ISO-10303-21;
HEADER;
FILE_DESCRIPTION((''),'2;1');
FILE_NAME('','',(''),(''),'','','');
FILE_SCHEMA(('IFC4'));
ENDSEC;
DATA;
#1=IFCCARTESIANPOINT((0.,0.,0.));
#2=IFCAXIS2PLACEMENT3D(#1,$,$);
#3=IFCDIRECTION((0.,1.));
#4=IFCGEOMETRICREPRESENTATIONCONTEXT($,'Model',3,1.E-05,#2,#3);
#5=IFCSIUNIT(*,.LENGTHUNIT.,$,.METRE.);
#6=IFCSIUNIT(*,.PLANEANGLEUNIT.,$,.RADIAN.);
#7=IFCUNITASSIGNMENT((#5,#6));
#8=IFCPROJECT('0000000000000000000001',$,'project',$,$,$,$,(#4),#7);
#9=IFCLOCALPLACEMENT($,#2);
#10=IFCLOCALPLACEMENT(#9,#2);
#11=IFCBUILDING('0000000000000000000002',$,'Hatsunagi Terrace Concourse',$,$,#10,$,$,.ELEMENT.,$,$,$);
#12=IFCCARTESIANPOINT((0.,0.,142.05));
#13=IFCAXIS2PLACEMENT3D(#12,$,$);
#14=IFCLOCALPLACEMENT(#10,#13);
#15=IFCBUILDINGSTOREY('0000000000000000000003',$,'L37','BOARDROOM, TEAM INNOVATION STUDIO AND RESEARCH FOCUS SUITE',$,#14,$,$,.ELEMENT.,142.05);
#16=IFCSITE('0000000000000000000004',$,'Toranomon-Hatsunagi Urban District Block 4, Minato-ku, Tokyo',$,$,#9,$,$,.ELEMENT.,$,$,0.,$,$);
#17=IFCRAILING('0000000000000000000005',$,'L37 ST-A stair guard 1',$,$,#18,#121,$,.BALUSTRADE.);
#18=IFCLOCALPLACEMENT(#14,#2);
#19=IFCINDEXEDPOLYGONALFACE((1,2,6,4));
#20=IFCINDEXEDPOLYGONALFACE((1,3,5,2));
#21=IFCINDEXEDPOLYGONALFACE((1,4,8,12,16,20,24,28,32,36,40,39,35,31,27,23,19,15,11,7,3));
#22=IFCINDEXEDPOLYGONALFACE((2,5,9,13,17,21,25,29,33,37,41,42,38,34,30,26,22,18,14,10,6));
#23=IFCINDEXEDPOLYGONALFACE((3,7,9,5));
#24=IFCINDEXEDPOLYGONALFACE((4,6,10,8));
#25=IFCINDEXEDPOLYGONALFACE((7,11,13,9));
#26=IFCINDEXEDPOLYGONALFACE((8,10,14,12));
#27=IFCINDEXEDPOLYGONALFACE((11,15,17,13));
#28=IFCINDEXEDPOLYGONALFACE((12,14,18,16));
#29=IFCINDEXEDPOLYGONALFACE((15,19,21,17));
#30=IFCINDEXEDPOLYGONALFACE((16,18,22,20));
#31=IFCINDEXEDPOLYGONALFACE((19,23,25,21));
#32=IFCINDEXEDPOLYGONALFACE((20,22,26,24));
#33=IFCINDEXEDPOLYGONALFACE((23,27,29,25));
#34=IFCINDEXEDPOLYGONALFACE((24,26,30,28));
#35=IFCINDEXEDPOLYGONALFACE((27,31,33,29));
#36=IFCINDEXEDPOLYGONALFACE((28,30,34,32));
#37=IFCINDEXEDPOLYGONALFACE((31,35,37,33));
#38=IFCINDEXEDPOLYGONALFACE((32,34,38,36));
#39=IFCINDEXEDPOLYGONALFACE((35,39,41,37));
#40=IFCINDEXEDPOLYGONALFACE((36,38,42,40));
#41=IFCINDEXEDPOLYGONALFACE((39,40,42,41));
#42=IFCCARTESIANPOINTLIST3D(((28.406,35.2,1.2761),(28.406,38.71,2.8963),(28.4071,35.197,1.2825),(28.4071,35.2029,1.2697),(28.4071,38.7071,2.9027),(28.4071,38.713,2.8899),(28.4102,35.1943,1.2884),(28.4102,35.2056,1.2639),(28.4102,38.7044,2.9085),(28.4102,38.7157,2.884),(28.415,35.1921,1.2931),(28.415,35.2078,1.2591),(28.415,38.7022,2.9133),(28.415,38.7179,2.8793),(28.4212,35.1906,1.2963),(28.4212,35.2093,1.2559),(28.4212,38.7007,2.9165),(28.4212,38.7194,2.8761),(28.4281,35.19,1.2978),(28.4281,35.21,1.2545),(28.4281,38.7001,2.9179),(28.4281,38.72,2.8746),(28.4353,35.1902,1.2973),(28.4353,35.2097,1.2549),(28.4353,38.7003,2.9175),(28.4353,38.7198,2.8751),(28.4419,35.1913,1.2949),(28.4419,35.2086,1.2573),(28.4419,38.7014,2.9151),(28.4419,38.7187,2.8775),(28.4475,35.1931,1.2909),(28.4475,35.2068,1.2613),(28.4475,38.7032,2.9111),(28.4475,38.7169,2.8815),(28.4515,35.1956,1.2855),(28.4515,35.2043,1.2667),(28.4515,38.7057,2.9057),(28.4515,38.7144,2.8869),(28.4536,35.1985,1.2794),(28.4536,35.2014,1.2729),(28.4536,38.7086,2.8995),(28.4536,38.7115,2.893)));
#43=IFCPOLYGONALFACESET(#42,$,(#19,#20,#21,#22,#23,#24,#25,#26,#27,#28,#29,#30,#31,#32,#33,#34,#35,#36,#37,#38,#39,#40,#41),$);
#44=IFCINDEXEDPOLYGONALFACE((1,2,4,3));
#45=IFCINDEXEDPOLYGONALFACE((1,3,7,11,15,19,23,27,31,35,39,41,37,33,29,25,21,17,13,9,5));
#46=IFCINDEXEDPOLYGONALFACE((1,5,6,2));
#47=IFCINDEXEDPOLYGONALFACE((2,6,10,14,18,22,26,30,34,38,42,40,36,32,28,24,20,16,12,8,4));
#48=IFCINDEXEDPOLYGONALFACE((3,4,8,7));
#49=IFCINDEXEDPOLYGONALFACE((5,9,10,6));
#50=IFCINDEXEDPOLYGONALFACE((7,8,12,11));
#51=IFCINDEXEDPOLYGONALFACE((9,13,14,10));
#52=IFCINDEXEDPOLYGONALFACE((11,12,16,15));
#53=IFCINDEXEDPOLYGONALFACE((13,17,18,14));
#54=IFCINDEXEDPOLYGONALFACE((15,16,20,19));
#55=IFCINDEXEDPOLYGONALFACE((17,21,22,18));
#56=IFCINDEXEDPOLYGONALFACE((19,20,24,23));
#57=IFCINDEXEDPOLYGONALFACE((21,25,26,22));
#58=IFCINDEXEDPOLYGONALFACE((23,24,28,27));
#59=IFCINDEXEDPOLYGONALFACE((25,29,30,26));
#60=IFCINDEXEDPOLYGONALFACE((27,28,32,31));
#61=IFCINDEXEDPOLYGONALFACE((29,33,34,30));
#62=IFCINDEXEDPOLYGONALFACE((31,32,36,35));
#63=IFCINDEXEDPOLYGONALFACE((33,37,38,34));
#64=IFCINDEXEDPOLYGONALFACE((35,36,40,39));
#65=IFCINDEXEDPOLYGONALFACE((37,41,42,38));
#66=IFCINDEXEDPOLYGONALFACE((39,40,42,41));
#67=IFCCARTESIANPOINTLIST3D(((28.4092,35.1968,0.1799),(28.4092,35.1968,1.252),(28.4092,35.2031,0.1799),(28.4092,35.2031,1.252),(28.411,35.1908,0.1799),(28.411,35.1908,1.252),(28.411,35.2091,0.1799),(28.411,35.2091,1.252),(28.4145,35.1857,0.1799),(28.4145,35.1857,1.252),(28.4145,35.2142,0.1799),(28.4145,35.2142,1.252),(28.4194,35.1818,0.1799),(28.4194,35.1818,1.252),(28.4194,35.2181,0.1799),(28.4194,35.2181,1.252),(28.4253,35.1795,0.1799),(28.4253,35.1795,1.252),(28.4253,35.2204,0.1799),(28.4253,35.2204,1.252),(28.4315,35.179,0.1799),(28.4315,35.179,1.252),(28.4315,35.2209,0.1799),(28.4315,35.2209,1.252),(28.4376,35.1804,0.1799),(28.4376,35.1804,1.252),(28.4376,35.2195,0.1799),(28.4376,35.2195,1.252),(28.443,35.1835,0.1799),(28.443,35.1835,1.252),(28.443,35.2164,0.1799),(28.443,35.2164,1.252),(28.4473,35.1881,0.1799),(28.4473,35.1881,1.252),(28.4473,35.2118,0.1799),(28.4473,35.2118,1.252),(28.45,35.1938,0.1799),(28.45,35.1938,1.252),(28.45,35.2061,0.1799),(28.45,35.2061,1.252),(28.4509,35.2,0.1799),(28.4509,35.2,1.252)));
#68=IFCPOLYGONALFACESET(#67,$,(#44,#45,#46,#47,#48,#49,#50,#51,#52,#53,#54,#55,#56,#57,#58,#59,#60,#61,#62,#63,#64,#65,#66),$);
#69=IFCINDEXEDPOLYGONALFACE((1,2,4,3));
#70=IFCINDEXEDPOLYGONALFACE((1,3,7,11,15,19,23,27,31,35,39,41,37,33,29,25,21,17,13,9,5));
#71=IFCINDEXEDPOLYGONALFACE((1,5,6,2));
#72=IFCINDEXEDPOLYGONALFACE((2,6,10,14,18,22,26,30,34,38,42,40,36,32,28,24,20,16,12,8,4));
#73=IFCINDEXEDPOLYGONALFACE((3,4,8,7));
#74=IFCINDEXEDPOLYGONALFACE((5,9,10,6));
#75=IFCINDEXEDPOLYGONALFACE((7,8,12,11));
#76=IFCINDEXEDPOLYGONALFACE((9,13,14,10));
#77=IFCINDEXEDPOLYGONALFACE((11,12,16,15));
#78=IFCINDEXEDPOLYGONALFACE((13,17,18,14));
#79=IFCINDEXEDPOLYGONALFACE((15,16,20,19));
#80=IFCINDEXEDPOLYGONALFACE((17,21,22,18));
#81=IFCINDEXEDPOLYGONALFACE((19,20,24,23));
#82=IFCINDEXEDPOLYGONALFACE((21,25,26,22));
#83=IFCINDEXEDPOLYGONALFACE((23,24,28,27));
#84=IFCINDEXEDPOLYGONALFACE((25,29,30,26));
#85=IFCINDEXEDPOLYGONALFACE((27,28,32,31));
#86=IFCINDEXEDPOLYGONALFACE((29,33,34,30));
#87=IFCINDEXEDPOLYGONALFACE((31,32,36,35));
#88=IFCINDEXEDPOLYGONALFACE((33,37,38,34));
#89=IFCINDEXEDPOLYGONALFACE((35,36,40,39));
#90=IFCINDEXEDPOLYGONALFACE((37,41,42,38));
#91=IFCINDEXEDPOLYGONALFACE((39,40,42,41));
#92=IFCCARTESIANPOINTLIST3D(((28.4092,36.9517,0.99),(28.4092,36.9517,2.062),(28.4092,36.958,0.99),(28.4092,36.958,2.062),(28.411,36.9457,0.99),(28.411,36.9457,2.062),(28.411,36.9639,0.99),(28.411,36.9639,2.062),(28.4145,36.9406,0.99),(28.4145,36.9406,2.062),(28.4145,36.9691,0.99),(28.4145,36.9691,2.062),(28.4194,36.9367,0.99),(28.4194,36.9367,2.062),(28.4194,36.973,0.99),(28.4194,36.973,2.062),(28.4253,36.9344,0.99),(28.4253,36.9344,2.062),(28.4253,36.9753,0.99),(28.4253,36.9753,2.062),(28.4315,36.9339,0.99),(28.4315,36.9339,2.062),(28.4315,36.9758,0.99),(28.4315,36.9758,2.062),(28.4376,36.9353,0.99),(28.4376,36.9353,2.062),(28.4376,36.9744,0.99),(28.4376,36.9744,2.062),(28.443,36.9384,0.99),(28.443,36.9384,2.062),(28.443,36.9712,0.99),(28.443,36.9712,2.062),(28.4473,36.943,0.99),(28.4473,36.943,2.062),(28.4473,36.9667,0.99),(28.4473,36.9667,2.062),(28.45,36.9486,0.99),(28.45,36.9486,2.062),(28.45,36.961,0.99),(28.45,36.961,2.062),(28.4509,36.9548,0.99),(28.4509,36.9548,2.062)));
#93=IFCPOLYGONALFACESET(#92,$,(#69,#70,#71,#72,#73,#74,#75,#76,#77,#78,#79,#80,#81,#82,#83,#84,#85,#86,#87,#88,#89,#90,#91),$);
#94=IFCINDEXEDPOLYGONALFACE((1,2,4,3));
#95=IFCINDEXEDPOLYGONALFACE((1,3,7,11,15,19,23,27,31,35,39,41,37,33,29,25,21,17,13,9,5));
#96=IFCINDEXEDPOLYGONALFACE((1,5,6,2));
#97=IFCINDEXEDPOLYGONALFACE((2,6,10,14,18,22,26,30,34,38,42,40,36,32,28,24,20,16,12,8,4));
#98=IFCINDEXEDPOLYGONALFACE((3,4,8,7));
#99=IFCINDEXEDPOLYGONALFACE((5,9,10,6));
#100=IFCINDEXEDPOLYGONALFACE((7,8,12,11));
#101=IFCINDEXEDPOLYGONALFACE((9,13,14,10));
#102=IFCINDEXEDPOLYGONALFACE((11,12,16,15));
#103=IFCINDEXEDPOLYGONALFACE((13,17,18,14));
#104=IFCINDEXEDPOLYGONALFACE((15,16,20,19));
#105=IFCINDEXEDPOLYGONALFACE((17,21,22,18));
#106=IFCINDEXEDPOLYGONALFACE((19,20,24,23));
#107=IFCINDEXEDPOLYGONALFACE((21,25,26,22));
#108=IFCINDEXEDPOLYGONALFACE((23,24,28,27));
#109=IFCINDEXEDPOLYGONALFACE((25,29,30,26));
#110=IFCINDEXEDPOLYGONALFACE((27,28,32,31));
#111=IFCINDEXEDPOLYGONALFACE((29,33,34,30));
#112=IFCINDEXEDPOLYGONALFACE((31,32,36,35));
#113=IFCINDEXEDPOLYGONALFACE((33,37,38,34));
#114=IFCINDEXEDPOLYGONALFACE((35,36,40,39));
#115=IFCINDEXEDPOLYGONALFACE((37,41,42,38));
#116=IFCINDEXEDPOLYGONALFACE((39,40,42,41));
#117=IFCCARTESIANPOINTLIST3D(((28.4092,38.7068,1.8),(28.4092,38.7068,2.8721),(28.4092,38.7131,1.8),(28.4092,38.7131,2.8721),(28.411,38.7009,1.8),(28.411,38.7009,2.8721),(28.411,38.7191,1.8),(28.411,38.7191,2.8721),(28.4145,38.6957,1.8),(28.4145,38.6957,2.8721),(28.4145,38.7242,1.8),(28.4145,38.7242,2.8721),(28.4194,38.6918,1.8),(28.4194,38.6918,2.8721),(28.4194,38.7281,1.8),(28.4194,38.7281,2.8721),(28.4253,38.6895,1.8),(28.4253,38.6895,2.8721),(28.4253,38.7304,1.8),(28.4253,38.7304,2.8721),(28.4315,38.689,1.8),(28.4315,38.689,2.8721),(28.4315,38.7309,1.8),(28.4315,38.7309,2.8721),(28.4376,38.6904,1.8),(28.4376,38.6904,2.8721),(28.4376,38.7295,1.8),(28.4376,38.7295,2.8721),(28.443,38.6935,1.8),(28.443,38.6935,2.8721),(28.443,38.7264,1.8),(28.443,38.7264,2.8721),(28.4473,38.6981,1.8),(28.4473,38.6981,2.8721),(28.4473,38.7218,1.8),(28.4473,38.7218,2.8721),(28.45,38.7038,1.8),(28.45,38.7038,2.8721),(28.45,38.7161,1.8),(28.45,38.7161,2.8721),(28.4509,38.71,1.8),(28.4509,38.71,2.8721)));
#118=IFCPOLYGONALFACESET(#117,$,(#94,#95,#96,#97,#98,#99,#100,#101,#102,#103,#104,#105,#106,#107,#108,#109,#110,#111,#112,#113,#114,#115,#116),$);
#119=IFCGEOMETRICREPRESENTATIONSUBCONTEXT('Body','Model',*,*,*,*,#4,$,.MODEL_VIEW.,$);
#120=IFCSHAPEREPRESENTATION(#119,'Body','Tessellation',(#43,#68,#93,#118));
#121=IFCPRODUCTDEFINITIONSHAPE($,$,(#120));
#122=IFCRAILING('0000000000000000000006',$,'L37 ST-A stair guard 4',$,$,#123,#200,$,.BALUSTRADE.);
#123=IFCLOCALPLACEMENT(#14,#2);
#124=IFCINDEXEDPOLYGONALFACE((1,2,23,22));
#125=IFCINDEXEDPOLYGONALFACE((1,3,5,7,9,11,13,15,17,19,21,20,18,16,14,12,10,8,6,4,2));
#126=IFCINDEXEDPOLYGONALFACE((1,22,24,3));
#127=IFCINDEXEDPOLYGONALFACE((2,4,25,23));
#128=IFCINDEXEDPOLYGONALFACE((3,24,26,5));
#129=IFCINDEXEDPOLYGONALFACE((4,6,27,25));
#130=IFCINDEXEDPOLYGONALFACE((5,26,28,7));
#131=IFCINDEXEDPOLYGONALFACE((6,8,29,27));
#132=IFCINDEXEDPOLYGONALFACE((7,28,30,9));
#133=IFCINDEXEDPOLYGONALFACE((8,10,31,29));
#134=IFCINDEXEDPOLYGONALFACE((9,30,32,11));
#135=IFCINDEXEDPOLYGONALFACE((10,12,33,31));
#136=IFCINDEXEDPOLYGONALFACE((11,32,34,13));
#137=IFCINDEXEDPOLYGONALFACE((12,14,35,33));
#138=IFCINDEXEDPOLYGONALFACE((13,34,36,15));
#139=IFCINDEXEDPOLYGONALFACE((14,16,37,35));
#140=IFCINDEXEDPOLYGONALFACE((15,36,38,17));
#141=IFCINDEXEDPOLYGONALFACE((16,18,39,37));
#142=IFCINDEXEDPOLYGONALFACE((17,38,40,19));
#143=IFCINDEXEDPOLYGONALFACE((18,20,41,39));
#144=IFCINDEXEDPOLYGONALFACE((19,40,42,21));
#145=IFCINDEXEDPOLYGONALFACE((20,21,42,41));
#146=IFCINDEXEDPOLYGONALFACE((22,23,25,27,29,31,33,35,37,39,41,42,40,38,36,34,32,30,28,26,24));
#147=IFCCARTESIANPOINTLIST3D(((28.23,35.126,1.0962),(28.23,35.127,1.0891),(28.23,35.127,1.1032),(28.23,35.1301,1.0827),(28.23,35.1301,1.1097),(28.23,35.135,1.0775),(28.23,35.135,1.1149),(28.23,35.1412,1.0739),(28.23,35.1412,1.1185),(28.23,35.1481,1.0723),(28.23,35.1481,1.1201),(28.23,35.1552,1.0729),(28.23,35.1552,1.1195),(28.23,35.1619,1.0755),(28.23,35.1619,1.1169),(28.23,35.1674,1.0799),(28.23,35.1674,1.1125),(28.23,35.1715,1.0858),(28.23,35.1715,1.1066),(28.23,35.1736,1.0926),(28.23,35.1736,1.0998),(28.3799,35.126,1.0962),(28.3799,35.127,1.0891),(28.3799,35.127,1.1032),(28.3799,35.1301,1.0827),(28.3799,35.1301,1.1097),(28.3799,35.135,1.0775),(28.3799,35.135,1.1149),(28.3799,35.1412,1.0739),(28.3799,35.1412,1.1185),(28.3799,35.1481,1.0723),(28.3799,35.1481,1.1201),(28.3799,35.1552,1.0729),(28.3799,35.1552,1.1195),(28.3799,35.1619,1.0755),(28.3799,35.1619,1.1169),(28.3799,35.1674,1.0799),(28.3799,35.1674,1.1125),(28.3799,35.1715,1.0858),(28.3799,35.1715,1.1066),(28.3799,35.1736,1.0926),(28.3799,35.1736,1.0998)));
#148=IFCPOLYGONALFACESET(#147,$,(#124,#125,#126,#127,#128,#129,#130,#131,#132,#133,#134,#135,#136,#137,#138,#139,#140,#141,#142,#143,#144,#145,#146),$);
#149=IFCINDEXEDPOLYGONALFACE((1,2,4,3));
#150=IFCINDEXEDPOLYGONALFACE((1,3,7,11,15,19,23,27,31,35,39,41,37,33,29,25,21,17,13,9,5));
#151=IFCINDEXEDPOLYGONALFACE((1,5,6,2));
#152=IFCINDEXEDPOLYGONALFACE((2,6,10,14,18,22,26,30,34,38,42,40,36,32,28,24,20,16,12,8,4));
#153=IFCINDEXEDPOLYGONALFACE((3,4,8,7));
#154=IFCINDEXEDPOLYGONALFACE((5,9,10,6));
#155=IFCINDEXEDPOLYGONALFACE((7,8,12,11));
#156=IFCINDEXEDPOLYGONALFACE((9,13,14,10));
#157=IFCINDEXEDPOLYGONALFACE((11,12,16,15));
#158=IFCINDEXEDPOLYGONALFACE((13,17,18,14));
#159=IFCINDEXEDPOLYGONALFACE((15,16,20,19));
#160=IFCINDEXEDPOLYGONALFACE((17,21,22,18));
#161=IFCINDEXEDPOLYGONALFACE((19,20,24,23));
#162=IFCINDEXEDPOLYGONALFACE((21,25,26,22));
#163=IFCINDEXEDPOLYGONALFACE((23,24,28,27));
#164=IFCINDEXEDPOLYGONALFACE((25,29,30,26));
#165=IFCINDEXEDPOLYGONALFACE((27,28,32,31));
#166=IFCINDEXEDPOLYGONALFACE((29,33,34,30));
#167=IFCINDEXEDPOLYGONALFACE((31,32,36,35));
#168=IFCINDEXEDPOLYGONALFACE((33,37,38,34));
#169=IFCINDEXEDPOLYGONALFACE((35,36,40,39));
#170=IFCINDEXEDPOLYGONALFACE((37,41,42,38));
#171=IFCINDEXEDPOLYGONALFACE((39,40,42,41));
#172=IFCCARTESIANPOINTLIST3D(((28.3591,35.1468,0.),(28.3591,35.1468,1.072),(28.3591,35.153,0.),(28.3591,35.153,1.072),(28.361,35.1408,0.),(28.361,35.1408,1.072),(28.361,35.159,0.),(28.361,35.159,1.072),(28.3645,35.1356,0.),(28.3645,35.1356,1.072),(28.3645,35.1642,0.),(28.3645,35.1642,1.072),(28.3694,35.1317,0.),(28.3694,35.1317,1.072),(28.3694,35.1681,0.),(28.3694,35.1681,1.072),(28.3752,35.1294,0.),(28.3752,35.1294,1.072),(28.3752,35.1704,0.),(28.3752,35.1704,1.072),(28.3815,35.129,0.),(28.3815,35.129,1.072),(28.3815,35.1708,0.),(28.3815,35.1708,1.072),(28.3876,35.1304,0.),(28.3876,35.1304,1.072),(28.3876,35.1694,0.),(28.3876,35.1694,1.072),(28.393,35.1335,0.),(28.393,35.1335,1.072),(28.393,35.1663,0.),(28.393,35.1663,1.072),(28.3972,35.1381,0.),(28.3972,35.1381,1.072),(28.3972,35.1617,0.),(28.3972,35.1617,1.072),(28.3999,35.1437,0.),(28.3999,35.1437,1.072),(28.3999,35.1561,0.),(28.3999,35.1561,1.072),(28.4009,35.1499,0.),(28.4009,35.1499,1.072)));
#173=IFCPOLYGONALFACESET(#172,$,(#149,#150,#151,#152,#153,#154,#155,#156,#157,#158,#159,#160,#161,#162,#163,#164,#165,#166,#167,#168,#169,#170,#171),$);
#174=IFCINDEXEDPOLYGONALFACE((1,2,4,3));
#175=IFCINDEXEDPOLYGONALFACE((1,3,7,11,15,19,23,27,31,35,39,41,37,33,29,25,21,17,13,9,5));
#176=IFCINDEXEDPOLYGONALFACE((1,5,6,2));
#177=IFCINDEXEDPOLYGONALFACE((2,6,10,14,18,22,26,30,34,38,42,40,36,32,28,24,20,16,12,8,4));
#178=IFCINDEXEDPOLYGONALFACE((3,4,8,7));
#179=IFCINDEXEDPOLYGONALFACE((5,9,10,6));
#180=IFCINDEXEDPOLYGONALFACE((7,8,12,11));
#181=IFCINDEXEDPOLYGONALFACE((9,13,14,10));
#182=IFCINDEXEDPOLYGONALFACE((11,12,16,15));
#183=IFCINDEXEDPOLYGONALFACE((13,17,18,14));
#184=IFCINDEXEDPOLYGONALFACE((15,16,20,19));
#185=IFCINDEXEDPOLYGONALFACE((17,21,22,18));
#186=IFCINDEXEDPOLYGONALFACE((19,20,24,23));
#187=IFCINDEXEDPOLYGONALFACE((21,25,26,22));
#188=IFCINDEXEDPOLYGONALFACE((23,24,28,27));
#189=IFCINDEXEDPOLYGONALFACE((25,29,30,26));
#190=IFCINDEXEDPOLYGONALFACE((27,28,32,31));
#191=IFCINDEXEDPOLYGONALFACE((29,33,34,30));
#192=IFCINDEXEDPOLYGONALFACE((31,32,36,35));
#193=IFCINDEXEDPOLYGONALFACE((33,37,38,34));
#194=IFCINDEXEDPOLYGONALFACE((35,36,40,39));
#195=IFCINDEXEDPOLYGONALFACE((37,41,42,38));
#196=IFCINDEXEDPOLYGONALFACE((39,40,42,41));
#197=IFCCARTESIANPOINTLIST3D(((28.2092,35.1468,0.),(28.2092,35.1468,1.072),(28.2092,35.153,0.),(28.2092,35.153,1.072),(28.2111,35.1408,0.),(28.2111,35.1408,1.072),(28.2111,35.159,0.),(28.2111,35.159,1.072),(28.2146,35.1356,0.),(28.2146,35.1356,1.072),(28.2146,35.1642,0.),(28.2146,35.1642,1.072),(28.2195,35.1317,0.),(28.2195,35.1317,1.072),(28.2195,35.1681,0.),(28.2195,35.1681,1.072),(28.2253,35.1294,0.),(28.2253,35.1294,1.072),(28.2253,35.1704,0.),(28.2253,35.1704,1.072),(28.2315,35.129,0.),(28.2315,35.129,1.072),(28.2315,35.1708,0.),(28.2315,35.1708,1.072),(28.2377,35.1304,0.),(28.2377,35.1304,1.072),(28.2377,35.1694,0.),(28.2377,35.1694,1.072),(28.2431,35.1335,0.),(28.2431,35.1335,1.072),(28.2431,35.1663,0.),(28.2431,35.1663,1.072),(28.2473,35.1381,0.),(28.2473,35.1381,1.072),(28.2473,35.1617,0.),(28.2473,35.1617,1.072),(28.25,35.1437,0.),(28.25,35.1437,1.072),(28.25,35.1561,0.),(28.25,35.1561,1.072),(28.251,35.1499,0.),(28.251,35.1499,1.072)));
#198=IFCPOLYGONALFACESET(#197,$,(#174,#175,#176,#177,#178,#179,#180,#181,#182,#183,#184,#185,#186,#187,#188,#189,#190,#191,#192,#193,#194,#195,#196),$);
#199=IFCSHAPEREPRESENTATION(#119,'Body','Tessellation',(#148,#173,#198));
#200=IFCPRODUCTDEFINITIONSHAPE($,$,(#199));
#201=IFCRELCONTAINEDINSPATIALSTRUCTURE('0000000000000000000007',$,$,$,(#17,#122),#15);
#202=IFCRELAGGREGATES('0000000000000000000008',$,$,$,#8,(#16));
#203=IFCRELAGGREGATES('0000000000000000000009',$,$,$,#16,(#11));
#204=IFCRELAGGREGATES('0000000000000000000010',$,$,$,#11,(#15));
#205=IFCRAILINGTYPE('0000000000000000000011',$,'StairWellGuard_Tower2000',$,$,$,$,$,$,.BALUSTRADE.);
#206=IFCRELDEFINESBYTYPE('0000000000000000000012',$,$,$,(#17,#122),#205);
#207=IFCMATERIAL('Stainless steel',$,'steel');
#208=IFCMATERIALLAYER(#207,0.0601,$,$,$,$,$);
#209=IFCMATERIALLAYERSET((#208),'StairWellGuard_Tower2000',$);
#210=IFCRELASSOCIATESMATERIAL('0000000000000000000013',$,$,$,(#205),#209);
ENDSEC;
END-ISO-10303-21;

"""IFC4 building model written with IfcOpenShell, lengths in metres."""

from ifc_helpers import new_model, si_unit, direction, frame, origin, origin_2d, place, context, subcontext, project, spatial, circle, extrude, material, layer, layer_set, type_object, element, save


model = new_model("IFC4")

# Units and contexts
model_context = context("Model", 3, precision=1e-05, world=origin(), true_north=direction((0.0, 1.0)))
body_context = subcontext(model_context, "Body", "Model", "MODEL_VIEW")
ifc_project = project(units=[si_unit("LENGTHUNIT", "METRE"), si_unit("PLANEANGLEUNIT", "RADIAN")], contexts=[model_context])

# Site, building, storey
site_placement = place(None, origin())
site = spatial("IfcSite", under=ifc_project, at=site_placement, Name="Toranomon-Hatsunagi Urban District Block 4, Minato-ku, Tokyo", CompositionType="ELEMENT", RefElevation=0.0)
building_placement = place(site_placement, origin())
building = spatial("IfcBuilding", under=site, at=building_placement, Name="Hatsunagi Terrace Concourse", CompositionType="ELEMENT")
storey_placement = place(building_placement, frame((0.0, 0.0, 142.05)))
storey = spatial("IfcBuildingStorey", under=building, at=storey_placement, Name="L37", Description="BOARDROOM, TEAM INNOVATION STUDIO AND RESEARCH FOCUS SUITE", CompositionType="ELEMENT", Elevation=142.05)

# Railings
ifc_material_1 = material(Name="Stainless steel", Category="steel")
ifc_layer_1 = layer(ifc_material_1, 0.0601)
ifc_layer_set_1 = layer_set([ifc_layer_1], Name="StairWellGuard_Tower2000")
railing_type_1 = type_object("IfcRailingType", Name="StairWellGuard_Tower2000", PredefinedType="BALUSTRADE", material=ifc_layer_set_1)
railing_1_placement = place(storey_placement, frame((28.4299, 35.2, 0.1799)))
element("IfcRailing", 1, at=railing_1_placement, inside=storey, type_object=railing_type_1, Name="L37 ST-A stair guard 1", PredefinedType="BALUSTRADE", context=body_context, shape_type="SweptSolid", body=[
    extrude(circle(Radius=0.0239, at=origin_2d()), frame((0.0, 0.0, 1.0962), z_axis=(0.0, 0.907948, 0.419082), x_axis=(-1.0, 0.0, 0.0)), (0.0, 0.0, 1.0), 3.866),
    extrude(circle(Radius=0.021, at=origin_2d()), origin(), (0.0, 0.0, 1.0), 1.072),
    extrude(circle(Radius=0.021, at=origin_2d()), frame((0.0, 1.7549, 0.8101)), (0.0, 0.0, 1.0), 1.072),
    extrude(circle(Radius=0.021, at=origin_2d()), frame((0.0, 3.51, 1.6201)), (0.0, 0.0, 1.0), 1.072),
])
railing_2_placement = place(storey_placement, frame((28.3799, 35.1499, 0.0)))
element("IfcRailing", 2, at=railing_2_placement, inside=storey, type_object=railing_type_1, Name="L37 ST-A stair guard 4", PredefinedType="BALUSTRADE", context=body_context, shape_type="SweptSolid", body=[
    extrude(circle(Radius=0.0239, at=origin_2d()), frame((0.0, 0.0, 1.0962), z_axis=(-1.0, 0.0, 0.0), x_axis=(0.0, -1.0, 0.0)), (0.0, 0.0, 1.0), 0.1499),
    extrude(circle(Radius=0.021, at=origin_2d()), origin(), (0.0, 0.0, 1.0), 1.072),
    extrude(circle(Radius=0.021, at=origin_2d()), frame((-0.1499, 0.0, 0.0)), (0.0, 0.0, 1.0), 1.072),
])

save(model, "model.ifc")
